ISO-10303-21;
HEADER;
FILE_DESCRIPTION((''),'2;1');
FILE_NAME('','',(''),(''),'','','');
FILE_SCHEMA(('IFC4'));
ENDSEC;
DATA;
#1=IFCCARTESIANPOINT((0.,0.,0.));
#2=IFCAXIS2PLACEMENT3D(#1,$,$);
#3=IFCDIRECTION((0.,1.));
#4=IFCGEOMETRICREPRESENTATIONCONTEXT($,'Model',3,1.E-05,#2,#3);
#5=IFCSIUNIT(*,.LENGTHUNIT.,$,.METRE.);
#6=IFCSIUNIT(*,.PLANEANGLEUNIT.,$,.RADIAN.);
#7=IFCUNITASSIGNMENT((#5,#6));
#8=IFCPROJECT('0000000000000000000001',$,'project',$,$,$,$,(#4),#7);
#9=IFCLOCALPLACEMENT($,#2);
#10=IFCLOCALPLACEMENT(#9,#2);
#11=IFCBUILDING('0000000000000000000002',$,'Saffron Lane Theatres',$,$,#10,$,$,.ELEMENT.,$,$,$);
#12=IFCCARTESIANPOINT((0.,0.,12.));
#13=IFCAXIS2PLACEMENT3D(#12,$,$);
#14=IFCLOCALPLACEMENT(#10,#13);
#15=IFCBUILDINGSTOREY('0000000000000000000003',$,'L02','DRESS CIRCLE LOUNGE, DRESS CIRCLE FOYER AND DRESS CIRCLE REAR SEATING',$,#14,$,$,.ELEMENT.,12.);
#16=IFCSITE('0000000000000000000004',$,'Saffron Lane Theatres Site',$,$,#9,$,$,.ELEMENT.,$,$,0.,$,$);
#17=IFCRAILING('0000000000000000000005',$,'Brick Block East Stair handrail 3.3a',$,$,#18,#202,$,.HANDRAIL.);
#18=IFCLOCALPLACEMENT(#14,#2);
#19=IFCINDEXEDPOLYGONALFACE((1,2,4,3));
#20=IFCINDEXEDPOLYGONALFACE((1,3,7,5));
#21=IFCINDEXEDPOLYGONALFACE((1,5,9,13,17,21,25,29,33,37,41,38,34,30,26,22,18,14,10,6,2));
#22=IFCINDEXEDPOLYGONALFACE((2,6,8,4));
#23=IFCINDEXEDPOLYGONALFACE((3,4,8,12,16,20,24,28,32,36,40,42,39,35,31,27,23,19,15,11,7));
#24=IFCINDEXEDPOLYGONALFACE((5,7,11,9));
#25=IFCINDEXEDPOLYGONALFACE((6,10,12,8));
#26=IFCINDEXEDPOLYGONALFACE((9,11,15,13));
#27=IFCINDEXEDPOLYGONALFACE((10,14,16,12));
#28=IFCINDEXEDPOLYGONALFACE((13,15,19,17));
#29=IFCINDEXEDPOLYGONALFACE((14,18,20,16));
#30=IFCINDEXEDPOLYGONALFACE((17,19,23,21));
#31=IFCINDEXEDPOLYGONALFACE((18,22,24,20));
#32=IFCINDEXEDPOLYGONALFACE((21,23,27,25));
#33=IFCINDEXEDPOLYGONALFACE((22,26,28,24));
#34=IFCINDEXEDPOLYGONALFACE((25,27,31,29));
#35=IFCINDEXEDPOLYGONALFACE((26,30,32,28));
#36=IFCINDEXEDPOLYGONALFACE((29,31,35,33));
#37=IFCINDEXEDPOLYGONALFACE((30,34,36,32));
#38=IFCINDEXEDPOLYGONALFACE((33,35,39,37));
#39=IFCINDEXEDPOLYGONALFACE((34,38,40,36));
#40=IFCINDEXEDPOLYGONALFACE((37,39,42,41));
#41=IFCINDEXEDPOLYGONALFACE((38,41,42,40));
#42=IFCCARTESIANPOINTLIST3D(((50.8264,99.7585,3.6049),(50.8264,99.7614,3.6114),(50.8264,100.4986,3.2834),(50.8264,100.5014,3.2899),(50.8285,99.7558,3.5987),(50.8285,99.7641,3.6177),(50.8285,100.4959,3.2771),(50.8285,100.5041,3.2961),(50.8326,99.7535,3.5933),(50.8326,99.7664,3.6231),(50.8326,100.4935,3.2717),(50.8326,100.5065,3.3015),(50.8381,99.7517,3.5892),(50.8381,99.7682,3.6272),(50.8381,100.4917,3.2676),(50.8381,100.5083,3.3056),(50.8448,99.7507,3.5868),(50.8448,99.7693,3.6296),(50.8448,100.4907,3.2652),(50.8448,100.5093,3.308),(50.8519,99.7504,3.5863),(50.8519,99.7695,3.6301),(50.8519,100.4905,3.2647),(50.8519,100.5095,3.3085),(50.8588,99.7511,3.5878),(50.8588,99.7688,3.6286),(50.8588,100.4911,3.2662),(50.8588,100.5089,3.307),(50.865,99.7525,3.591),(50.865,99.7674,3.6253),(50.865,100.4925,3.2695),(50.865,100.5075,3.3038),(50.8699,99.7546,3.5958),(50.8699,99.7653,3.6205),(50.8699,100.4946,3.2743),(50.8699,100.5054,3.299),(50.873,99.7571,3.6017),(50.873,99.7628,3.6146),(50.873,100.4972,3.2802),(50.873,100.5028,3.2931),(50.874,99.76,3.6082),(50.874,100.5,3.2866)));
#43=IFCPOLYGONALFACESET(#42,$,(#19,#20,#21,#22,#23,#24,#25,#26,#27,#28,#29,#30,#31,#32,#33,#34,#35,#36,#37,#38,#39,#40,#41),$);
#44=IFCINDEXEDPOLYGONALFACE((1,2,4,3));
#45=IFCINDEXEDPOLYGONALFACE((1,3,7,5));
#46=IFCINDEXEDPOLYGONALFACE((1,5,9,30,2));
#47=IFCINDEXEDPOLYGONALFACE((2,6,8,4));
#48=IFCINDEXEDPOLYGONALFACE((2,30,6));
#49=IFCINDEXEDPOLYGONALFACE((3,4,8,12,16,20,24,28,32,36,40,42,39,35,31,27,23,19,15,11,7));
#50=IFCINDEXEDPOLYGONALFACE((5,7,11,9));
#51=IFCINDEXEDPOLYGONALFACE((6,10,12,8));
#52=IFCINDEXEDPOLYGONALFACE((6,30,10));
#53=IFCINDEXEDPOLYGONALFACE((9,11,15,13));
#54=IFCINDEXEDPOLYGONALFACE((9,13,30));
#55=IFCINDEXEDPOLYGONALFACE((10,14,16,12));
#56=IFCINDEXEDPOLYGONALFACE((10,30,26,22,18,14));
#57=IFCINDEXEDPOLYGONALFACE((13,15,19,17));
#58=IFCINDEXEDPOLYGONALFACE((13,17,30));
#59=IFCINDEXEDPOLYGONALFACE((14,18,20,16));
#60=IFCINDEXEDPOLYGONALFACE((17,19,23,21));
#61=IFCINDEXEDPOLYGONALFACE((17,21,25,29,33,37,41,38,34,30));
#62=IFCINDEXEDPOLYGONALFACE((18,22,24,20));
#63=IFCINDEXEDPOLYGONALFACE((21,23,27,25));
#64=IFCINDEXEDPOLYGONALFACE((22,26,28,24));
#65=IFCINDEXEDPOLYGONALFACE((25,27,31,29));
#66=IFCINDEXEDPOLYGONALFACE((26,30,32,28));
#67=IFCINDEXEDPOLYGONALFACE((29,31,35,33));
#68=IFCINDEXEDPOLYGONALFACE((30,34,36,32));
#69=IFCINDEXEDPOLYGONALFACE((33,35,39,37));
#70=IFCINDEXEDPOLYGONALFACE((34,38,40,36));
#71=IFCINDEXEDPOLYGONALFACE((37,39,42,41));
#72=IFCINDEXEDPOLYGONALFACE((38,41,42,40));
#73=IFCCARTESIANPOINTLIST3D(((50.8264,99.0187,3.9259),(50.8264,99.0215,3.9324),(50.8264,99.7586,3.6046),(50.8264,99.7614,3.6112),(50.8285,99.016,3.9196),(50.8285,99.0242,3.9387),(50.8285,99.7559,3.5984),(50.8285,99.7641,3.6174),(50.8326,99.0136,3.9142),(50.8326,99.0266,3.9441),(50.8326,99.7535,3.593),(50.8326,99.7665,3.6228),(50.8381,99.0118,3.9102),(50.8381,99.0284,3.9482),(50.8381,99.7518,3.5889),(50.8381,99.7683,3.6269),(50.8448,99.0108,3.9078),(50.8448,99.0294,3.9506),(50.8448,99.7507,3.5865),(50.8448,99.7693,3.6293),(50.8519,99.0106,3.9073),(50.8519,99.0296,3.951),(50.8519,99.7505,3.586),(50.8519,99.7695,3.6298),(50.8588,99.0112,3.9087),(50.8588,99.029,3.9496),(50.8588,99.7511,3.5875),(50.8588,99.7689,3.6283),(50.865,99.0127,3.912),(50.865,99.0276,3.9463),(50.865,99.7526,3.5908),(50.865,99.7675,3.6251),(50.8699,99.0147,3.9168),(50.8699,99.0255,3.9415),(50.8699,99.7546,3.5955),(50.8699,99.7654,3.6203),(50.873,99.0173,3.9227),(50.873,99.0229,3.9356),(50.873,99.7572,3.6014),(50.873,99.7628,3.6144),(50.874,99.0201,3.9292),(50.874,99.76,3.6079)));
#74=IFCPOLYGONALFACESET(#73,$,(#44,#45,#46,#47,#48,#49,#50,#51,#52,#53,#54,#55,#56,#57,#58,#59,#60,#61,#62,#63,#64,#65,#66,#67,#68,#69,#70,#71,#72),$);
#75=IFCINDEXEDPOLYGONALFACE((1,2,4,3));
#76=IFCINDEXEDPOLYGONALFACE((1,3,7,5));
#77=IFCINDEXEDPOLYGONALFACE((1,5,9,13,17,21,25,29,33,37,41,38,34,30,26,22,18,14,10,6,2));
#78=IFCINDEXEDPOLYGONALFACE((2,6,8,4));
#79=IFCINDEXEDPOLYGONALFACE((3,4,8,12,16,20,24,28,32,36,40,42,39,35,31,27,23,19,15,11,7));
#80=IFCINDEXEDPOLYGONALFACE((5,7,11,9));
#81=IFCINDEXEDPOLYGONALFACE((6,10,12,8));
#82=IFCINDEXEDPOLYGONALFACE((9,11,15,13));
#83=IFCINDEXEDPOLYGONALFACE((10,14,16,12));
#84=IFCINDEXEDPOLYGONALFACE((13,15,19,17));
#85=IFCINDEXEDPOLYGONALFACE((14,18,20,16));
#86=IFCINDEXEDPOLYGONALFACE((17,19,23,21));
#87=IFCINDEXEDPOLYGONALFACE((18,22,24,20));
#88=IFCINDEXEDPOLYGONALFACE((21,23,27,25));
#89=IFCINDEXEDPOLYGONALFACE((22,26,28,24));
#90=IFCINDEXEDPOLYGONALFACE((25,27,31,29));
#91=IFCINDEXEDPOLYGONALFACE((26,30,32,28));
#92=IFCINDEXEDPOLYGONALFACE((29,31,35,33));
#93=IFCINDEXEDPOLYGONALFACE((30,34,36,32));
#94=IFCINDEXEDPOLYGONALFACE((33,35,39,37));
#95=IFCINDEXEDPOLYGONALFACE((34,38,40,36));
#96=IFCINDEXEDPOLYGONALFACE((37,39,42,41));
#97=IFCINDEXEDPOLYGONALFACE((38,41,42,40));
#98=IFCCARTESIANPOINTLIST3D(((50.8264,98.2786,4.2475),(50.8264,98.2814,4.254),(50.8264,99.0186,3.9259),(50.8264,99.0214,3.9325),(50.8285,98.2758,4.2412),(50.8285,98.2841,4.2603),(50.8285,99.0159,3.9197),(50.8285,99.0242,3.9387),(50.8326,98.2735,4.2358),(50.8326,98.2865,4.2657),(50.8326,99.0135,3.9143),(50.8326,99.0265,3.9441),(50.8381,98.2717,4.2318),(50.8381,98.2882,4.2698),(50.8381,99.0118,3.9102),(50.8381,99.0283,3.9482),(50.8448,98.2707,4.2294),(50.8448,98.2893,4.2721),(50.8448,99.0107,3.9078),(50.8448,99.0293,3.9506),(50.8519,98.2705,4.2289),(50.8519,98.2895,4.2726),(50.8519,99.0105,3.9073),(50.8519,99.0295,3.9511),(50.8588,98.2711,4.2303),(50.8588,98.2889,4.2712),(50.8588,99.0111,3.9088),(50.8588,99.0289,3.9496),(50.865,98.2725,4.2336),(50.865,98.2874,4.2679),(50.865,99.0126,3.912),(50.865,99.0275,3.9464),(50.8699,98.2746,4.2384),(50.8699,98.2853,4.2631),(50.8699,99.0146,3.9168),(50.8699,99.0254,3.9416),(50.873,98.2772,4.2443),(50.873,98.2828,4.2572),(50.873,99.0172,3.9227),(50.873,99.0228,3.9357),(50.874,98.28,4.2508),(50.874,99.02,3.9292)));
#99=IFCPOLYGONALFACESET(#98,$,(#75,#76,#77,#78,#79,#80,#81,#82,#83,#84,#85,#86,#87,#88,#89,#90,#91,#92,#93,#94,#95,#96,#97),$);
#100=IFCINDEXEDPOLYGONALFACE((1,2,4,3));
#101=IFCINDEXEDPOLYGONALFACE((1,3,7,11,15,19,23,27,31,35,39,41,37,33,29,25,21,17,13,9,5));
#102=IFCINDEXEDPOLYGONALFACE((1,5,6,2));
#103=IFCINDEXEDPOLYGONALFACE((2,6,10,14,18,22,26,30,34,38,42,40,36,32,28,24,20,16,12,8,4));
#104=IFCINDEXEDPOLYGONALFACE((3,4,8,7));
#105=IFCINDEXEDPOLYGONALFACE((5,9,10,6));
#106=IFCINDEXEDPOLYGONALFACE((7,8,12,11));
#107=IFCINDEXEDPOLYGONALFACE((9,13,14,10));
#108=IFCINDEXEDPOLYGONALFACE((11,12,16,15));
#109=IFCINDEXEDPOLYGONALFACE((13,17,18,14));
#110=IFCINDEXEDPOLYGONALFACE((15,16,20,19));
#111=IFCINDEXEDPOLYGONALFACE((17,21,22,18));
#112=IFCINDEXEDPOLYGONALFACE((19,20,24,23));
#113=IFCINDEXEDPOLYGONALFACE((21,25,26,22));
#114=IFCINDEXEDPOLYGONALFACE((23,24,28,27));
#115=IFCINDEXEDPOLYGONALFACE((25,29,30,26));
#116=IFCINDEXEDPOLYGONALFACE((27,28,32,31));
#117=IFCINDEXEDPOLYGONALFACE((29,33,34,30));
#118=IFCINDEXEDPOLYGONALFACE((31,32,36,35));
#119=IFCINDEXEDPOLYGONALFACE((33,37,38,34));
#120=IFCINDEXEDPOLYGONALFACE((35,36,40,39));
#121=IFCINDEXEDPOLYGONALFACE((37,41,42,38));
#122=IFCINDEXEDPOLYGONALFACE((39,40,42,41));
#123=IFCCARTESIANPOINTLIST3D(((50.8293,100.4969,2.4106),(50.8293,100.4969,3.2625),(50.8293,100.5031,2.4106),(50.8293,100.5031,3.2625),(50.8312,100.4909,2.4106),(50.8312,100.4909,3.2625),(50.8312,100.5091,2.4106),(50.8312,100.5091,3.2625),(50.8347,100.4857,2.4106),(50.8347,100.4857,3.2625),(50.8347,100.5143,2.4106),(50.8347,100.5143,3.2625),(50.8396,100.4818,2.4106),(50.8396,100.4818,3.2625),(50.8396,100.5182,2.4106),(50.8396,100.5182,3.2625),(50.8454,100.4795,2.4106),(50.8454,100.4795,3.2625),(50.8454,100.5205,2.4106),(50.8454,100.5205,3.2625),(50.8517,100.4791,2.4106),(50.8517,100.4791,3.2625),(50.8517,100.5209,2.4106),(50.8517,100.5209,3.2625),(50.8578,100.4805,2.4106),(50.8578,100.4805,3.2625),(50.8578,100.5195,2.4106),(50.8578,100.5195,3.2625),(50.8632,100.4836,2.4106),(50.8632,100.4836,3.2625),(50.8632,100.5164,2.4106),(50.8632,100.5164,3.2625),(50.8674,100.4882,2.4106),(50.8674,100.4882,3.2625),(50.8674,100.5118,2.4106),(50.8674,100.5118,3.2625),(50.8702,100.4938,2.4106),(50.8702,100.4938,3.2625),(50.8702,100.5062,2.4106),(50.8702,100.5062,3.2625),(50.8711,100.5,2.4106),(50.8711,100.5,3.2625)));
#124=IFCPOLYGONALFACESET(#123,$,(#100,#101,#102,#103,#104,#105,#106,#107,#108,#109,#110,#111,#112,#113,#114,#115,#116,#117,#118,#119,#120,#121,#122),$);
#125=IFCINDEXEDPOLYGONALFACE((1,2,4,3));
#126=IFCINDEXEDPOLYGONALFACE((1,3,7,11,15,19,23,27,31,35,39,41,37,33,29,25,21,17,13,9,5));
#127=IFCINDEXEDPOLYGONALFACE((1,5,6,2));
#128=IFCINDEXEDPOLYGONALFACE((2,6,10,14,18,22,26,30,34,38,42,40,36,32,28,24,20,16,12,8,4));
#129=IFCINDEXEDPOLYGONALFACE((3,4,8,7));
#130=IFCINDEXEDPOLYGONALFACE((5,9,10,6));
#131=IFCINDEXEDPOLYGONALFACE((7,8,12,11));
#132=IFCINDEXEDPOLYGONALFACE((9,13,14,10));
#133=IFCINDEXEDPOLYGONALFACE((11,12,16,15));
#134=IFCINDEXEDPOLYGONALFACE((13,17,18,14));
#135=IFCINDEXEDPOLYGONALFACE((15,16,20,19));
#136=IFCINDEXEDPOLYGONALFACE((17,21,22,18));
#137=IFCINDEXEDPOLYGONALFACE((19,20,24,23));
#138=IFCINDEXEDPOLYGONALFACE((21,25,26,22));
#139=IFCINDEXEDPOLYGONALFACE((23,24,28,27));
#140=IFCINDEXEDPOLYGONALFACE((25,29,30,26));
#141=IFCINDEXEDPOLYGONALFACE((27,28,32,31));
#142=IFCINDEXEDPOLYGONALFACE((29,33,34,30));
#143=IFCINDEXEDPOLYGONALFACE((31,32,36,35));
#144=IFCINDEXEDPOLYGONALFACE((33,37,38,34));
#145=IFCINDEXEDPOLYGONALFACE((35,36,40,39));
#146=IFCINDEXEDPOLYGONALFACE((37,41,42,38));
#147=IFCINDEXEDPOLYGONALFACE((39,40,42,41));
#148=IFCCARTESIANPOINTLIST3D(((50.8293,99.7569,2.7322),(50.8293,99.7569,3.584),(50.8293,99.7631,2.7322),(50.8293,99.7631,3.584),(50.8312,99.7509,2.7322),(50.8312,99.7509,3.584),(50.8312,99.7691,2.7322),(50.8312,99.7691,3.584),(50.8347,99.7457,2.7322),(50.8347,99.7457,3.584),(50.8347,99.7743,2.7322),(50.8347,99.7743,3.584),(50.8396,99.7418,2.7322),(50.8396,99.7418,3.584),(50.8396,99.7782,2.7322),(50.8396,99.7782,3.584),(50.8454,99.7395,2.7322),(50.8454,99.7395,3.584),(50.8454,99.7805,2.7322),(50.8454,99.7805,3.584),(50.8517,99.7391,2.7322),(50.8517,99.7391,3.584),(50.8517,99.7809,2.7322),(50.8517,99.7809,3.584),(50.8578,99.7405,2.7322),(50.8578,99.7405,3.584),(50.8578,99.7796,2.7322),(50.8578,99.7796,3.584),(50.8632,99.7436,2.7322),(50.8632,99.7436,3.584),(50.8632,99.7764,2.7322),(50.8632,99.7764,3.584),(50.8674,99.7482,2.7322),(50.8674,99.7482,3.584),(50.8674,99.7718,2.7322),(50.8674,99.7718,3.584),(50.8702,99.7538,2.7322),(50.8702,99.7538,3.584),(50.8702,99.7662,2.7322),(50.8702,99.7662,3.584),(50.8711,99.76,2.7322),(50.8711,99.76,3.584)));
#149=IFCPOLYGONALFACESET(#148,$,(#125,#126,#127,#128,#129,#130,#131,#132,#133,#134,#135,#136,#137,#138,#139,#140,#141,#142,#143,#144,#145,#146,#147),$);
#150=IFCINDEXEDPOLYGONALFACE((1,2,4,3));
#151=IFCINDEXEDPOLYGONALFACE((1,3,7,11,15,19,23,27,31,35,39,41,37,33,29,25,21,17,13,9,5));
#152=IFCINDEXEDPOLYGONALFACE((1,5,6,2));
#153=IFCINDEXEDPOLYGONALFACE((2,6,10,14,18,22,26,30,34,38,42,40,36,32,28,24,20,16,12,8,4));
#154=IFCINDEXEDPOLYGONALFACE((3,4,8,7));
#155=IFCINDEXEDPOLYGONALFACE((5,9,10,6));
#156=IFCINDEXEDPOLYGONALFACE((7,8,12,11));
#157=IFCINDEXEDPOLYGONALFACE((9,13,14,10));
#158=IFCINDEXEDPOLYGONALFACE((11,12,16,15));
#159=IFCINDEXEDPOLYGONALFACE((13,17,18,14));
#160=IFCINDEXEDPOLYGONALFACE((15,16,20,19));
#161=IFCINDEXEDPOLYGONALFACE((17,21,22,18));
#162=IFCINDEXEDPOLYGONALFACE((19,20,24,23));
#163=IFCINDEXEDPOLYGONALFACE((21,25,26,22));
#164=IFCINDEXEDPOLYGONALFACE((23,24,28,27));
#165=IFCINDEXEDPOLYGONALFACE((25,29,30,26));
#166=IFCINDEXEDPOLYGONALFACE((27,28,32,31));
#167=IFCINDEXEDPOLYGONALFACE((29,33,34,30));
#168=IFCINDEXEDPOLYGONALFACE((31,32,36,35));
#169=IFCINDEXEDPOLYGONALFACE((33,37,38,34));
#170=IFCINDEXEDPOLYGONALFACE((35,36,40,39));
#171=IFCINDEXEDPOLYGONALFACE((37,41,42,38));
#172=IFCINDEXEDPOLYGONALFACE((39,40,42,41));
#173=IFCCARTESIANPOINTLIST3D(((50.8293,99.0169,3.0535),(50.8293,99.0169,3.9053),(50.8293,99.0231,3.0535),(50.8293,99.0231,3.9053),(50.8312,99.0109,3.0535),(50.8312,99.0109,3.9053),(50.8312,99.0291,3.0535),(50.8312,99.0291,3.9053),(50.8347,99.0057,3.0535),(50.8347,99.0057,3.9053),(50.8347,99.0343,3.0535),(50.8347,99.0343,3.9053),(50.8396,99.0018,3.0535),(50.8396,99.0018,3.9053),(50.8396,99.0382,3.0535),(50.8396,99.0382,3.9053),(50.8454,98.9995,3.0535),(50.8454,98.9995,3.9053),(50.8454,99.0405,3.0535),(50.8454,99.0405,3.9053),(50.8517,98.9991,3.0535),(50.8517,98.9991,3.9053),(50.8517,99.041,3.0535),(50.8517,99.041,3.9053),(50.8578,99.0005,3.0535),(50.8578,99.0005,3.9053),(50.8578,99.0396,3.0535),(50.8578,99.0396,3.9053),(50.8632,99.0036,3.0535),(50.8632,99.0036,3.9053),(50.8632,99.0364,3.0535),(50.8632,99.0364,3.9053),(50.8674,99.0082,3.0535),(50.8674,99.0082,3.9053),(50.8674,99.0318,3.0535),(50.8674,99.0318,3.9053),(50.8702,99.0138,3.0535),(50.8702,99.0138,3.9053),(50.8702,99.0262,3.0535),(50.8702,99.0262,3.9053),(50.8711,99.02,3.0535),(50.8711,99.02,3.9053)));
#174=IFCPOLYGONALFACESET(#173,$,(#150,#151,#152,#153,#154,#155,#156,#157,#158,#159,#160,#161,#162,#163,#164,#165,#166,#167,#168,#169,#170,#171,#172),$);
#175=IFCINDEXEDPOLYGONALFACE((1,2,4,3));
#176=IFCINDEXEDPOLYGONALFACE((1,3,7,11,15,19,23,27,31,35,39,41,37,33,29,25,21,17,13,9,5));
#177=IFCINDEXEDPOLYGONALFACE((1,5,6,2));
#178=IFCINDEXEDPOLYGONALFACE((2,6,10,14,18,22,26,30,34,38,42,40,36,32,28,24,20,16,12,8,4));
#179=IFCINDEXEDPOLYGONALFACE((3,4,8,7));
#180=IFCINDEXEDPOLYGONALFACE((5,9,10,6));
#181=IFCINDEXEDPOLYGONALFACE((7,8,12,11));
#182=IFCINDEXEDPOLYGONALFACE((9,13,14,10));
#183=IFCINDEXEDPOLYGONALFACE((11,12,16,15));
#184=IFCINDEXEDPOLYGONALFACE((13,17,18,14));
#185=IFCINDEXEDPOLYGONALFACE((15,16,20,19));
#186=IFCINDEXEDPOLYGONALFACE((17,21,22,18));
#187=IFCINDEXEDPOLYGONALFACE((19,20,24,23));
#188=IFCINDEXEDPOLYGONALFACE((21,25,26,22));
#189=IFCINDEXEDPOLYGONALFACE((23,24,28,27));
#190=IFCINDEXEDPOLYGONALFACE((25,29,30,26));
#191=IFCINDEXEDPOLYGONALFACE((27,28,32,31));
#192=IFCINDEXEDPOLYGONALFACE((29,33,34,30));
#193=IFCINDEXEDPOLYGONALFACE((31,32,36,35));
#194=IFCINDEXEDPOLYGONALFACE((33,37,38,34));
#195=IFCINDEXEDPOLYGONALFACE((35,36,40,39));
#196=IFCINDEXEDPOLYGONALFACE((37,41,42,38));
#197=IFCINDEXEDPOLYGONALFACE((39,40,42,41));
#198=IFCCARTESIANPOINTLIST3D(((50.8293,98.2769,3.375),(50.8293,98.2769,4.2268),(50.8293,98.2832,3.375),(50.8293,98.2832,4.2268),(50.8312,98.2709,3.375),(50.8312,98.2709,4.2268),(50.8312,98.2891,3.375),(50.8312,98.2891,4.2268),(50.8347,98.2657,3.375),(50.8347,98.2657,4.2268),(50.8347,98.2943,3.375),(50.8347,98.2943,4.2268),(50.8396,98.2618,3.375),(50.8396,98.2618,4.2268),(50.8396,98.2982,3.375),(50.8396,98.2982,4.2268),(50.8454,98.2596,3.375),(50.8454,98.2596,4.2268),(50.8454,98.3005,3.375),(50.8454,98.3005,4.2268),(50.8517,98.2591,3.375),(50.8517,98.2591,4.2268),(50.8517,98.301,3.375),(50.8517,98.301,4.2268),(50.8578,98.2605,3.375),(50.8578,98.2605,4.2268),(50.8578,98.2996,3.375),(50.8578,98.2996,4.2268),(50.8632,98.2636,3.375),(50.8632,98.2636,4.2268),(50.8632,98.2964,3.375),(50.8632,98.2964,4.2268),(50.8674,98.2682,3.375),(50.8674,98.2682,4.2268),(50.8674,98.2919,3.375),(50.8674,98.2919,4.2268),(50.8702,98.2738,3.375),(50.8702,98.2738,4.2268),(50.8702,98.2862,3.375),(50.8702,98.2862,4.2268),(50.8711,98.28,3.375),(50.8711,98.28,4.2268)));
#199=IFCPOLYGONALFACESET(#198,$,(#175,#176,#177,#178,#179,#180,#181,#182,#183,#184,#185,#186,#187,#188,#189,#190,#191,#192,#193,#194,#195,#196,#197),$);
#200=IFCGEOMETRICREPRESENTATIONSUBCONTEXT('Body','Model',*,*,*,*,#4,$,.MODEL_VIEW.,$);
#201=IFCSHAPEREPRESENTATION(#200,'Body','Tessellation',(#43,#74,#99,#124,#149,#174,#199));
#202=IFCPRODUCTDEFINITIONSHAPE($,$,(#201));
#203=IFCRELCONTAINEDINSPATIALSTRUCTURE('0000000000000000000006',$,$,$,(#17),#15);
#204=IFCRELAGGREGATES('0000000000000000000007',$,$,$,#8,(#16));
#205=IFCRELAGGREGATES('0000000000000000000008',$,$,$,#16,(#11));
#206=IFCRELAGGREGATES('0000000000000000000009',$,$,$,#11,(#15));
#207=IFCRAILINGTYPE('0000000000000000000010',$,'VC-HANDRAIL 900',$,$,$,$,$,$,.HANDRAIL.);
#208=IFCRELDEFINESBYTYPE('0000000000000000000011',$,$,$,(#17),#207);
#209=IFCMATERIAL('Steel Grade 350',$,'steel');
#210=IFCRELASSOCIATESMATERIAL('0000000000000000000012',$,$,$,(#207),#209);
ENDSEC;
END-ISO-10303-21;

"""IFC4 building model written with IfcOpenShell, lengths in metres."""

from ifc_helpers import new_model, si_unit, direction, frame, origin, origin_2d, place, context, subcontext, project, spatial, circle, extrude, material, type_object, element, save


model = new_model("IFC4")

# Units and contexts
model_context = context("Model", 3, precision=1e-05, world=origin(), true_north=direction((0.0, 1.0)))
body_context = subcontext(model_context, "Body", "Model", "MODEL_VIEW")
ifc_project = project(units=[si_unit("LENGTHUNIT", "METRE"), si_unit("PLANEANGLEUNIT", "RADIAN")], contexts=[model_context])

# Site, building, storey
site_placement = place(None, origin())
site = spatial("IfcSite", under=ifc_project, at=site_placement, Name="Saffron Lane Theatres Site", CompositionType="ELEMENT", RefElevation=0.0)
building_placement = place(site_placement, origin())
building = spatial("IfcBuilding", under=site, at=building_placement, Name="Saffron Lane Theatres", CompositionType="ELEMENT")
storey_placement = place(building_placement, frame((0.0, 0.0, 12.0)))
storey = spatial("IfcBuildingStorey", under=building, at=storey_placement, Name="L02", Description="DRESS CIRCLE LOUNGE, DRESS CIRCLE FOYER AND DRESS CIRCLE REAR SEATING", CompositionType="ELEMENT", Elevation=12.0)

# Railing
ifc_material_1 = material(Name="Steel Grade 350", Category="steel")
railing_type_1 = type_object("IfcRailingType", Name="VC-HANDRAIL 900", PredefinedType="HANDRAIL", material=ifc_material_1)
for number, where, name in (
    (1, (50.8501, 100.5, 2.4106), "Brick Block East Stair handrail 3.3a"),
):
    element("IfcRailing", number, at=place(storey_placement, frame(where)), inside=storey, type_object=railing_type_1, Name=name, PredefinedType="HANDRAIL", context=body_context, shape_type="SweptSolid", body=[
        extrude(circle(Radius=0.0239, at=origin_2d()), frame((0.0, 0.0, 0.876), z_axis=(0.0, -0.917161, 0.398516), x_axis=(1.0, 0.0, 0.0)), (0.0, 0.0, 1.0), 0.8069),
        extrude(circle(Radius=0.0239, at=origin_2d()), frame((0.0, -0.74, 1.1973), z_axis=(0.0, -0.917272, 0.398261), x_axis=(1.0, 0.0, 0.0)), (0.0, 0.0, 1.0), 0.8066),
        extrude(circle(Radius=0.0239, at=origin_2d()), frame((0.0, -1.48, 1.5186), z_axis=(0.0, -0.917161, 0.398516), x_axis=(1.0, 0.0, 0.0)), (0.0, 0.0, 1.0), 0.8069),
        extrude(circle(Radius=0.021, at=origin_2d()), origin(), (0.0, 0.0, 1.0), 0.8518),
        extrude(circle(Radius=0.021, at=origin_2d()), frame((0.0, -0.74, 0.3215)), (0.0, 0.0, 1.0), 0.8518),
        extrude(circle(Radius=0.021, at=origin_2d()), frame((0.0, -1.48, 0.6428)), (0.0, 0.0, 1.0), 0.8518),
        extrude(circle(Radius=0.021, at=origin_2d()), frame((0.0, -2.22, 0.9644)), (0.0, 0.0, 1.0), 0.8518),
    ])

save(model, "model.ifc")
